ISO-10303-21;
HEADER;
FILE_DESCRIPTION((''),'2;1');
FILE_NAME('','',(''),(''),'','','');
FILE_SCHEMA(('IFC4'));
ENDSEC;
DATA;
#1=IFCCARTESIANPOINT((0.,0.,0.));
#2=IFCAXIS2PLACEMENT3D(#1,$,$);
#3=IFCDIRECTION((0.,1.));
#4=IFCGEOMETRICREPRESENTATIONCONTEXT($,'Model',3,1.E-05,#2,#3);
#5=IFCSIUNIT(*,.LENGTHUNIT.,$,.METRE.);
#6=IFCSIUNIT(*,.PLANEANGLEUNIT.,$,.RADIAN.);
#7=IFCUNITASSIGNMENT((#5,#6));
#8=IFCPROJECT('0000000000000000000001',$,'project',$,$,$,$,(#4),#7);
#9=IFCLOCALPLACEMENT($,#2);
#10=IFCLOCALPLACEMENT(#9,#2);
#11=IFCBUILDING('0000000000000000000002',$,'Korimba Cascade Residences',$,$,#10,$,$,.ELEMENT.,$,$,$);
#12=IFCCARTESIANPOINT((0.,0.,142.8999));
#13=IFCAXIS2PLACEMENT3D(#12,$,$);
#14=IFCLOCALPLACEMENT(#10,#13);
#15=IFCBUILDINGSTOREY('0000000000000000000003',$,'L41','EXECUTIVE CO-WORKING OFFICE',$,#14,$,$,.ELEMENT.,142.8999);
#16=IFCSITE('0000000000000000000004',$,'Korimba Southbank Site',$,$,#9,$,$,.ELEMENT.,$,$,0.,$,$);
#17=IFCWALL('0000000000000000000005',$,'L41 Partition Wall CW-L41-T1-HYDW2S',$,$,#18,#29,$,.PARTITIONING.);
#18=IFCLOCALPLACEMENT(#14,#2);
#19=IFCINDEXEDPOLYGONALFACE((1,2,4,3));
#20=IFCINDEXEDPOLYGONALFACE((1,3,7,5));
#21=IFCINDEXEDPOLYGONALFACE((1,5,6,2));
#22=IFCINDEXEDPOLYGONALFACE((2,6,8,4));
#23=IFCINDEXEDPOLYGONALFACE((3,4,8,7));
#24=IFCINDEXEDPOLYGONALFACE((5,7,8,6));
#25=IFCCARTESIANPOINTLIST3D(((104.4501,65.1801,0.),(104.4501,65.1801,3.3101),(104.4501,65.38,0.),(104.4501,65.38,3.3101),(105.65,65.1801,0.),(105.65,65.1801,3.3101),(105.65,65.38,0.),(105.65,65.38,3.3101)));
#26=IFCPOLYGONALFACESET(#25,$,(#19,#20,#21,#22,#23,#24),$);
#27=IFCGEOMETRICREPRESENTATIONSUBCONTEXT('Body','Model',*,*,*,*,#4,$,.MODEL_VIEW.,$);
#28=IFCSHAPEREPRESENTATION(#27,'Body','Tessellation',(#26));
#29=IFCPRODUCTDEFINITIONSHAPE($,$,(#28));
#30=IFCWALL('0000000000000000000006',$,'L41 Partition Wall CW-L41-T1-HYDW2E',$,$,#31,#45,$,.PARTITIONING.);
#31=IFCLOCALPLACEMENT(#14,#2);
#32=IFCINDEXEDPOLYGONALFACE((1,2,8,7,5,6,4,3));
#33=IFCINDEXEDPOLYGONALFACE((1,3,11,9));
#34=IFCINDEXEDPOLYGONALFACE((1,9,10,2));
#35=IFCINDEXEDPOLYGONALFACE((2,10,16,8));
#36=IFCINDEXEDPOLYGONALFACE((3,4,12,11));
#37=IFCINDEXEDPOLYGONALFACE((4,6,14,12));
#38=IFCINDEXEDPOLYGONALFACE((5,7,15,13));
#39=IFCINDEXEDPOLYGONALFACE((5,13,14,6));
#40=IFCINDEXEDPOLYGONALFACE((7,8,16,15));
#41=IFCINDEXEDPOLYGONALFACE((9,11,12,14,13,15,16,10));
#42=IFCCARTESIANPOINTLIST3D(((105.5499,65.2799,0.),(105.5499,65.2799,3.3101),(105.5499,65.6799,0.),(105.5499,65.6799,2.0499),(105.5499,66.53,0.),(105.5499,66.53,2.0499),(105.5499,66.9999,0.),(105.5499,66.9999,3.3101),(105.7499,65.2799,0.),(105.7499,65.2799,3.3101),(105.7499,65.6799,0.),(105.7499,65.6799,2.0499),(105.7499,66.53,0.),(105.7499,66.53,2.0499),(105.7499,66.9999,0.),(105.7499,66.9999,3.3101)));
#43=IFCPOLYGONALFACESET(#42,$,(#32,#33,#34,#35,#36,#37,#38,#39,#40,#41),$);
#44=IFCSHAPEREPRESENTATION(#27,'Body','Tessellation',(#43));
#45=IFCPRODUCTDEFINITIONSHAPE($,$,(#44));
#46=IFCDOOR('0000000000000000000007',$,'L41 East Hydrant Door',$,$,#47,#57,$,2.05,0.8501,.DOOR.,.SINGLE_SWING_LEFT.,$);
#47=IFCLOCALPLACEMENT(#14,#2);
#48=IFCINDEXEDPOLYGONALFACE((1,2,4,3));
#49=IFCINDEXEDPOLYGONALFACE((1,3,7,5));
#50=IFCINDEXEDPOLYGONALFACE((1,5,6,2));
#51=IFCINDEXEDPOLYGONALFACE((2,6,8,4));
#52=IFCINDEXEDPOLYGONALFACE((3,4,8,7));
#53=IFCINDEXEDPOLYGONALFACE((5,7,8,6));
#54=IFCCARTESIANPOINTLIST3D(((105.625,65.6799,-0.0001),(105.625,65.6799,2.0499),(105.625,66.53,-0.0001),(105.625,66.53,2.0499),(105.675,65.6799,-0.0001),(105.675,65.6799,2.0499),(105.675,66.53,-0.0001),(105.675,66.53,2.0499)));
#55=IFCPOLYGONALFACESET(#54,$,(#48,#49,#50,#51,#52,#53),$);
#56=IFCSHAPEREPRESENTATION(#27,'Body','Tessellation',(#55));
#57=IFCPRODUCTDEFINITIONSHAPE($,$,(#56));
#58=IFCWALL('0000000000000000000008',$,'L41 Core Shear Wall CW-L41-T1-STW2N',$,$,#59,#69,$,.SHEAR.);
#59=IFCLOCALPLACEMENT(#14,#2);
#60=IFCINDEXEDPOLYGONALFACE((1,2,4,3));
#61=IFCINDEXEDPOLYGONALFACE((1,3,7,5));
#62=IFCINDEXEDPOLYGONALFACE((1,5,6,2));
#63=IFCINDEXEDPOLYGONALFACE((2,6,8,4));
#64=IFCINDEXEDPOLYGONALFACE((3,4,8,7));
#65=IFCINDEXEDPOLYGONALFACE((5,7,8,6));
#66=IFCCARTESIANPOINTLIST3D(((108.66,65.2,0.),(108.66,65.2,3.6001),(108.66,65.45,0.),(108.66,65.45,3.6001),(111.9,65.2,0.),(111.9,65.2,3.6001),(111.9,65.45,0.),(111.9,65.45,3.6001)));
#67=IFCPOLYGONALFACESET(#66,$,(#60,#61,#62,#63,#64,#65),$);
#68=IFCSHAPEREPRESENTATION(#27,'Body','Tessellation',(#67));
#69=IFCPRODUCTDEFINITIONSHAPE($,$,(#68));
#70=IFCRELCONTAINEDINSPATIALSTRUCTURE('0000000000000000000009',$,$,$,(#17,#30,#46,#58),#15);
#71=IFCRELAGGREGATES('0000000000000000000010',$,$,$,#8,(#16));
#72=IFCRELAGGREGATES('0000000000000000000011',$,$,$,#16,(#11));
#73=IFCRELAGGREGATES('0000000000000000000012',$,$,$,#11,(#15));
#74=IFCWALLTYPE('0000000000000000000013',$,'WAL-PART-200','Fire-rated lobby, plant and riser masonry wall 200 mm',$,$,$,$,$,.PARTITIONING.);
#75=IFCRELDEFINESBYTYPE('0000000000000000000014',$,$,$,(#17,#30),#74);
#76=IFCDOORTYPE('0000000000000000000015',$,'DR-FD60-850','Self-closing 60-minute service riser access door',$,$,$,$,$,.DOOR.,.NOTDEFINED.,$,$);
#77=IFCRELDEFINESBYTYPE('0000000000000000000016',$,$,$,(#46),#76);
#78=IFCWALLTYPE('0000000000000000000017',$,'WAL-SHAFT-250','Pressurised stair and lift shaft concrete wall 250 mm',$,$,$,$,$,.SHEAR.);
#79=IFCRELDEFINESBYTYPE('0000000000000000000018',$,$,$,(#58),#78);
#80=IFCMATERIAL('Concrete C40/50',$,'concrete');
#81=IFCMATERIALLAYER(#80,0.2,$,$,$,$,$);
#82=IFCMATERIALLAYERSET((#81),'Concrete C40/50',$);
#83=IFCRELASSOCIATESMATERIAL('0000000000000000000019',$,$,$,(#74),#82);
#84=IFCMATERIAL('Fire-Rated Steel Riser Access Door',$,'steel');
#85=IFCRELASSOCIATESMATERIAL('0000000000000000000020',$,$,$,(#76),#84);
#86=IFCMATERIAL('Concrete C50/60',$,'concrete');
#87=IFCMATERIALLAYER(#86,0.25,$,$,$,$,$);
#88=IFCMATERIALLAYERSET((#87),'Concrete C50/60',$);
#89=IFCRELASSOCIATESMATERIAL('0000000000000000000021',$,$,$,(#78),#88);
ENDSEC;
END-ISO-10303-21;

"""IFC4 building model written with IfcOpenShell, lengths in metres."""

from ifc_helpers import new_model, si_unit, direction, frame, frame_2d, origin, place, context, subcontext, project, spatial, rectangle, extrude, material, layer, layer_set, type_object, element, fill, save


model = new_model("IFC4")

# Units and contexts
model_context = context("Model", 3, precision=1e-05, world=origin(), true_north=direction((0.0, 1.0)))
body_context = subcontext(model_context, "Body", "Model", "MODEL_VIEW")
ifc_project = project(units=[si_unit("LENGTHUNIT", "METRE"), si_unit("PLANEANGLEUNIT", "RADIAN")], contexts=[model_context])

# Site, building, storey
site_placement = place(None, origin())
site = spatial("IfcSite", under=ifc_project, at=site_placement, Name="Korimba Southbank Site", CompositionType="ELEMENT", RefElevation=0.0)
building_placement = place(site_placement, origin())
building = spatial("IfcBuilding", under=site, at=building_placement, Name="Korimba Cascade Residences", CompositionType="ELEMENT")
storey_placement = place(building_placement, frame((0.0, 0.0, 142.8999)))
storey = spatial("IfcBuildingStorey", under=building, at=storey_placement, Name="L41", Description="EXECUTIVE CO-WORKING OFFICE", CompositionType="ELEMENT", Elevation=142.8999)

# Wall
ifc_material_1 = material(Name="Concrete C40/50", Category="concrete")
ifc_layer_1 = layer(ifc_material_1, 0.2)
ifc_layer_set_1 = layer_set([ifc_layer_1], Name="Concrete C40/50")
wall_type_1 = type_object("IfcWallType", Name="WAL-PART-200", Description="Fire-rated lobby, plant and riser masonry wall 200 mm", PredefinedType="PARTITIONING", material=ifc_layer_set_1)
wall_1_placement = place(storey_placement, frame((104.45, 65.28, 0.0), z_axis=(0.0, 0.0, 1.0), x_axis=(1.0, 0.0, 0.0)))
element("IfcWall", 1, at=wall_1_placement, inside=storey, type_object=wall_type_1, Name="L41 Partition Wall CW-L41-T1-HYDW2S", PredefinedType="PARTITIONING", context=body_context, shape_type="SweptSolid", body=[
    extrude(rectangle(XDim=1.2, YDim=0.2, at=frame_2d((0.6001, 0.0))), origin(), (0.0, 0.0, 1.0), 3.3101),
])

# Wall, opening, door
wall_2_placement = place(storey_placement, frame((105.6499, 65.28, 0.0), z_axis=(0.0, 0.0, 1.0), x_axis=(0.0, 1.0, 0.0)))
wall_2 = element("IfcWall", 2, at=wall_2_placement, inside=storey, type_object=wall_type_1, Name="L41 Partition Wall CW-L41-T1-HYDW2E", PredefinedType="PARTITIONING", context=body_context, shape_type="SweptSolid", body=[
    extrude(rectangle(XDim=1.72, YDim=0.2, at=frame_2d((0.8599, 0.0))), origin(), (0.0, 0.0, 1.0), 3.3101),
])
opening_1_placement = place(wall_2_placement, frame((0.3999, 0.0, 0.0)))
opening_1 = element("IfcOpeningElement", 3, at=opening_1_placement, cuts=wall_2, PredefinedType="OPENING", context=body_context, shape_type="SweptSolid", body=[
    extrude(rectangle(XDim=0.8501, YDim=2.05, at=frame_2d((0.425, 1.0249))), frame((0.0, 0.1099, 0.0), z_axis=(0.0, -1.0, 0.0), x_axis=(1.0, 0.0, 0.0)), (0.0, 0.0, 1.0), 0.22),
])
ifc_material_2 = material(Name="Fire-Rated Steel Riser Access Door", Category="steel")
door_type_1 = type_object("IfcDoorType", Name="DR-FD60-850", Description="Self-closing 60-minute service riser access door", OperationType="NOTDEFINED", PredefinedType="DOOR", material=ifc_material_2)
door_1_placement = place(opening_1_placement, origin())
door_1 = element("IfcDoor", 4, at=door_1_placement, inside=storey, type_object=door_type_1, Name="L41 East Hydrant Door", OperationType="SINGLE_SWING_LEFT", OverallHeight=2.05, OverallWidth=0.8501, PredefinedType="DOOR", context=body_context, shape_type="SweptSolid", body=[
    extrude(rectangle(XDim=0.8501, YDim=2.05, at=frame_2d((0.425, 1.0249))), frame((0.0, 0.0249, 0.0), z_axis=(0.0, -1.0, 0.0), x_axis=(1.0, 0.0, 0.0)), (0.0, 0.0, 1.0), 0.05),
])
fill(opening_1, door_1)

# Wall
ifc_material_3 = material(Name="Concrete C50/60", Category="concrete")
ifc_layer_2 = layer(ifc_material_3, 0.25)
ifc_layer_set_2 = layer_set([ifc_layer_2], Name="Concrete C50/60")
wall_type_2 = type_object("IfcWallType", Name="WAL-SHAFT-250", Description="Pressurised stair and lift shaft concrete wall 250 mm", PredefinedType="SHEAR", material=ifc_layer_set_2)
wall_3_placement = place(storey_placement, frame((108.6599, 65.325, 0.0), z_axis=(0.0, 0.0, 1.0), x_axis=(1.0, 0.0, 0.0)))
element("IfcWall", 5, at=wall_3_placement, inside=storey, type_object=wall_type_2, Name="L41 Core Shear Wall CW-L41-T1-STW2N", PredefinedType="SHEAR", context=body_context, shape_type="SweptSolid", body=[
    extrude(rectangle(XDim=3.24, YDim=0.25, at=frame_2d((1.6201, 0.0))), origin(), (0.0, 0.0, 1.0), 3.6001),
])

save(model, "model.ifc")
